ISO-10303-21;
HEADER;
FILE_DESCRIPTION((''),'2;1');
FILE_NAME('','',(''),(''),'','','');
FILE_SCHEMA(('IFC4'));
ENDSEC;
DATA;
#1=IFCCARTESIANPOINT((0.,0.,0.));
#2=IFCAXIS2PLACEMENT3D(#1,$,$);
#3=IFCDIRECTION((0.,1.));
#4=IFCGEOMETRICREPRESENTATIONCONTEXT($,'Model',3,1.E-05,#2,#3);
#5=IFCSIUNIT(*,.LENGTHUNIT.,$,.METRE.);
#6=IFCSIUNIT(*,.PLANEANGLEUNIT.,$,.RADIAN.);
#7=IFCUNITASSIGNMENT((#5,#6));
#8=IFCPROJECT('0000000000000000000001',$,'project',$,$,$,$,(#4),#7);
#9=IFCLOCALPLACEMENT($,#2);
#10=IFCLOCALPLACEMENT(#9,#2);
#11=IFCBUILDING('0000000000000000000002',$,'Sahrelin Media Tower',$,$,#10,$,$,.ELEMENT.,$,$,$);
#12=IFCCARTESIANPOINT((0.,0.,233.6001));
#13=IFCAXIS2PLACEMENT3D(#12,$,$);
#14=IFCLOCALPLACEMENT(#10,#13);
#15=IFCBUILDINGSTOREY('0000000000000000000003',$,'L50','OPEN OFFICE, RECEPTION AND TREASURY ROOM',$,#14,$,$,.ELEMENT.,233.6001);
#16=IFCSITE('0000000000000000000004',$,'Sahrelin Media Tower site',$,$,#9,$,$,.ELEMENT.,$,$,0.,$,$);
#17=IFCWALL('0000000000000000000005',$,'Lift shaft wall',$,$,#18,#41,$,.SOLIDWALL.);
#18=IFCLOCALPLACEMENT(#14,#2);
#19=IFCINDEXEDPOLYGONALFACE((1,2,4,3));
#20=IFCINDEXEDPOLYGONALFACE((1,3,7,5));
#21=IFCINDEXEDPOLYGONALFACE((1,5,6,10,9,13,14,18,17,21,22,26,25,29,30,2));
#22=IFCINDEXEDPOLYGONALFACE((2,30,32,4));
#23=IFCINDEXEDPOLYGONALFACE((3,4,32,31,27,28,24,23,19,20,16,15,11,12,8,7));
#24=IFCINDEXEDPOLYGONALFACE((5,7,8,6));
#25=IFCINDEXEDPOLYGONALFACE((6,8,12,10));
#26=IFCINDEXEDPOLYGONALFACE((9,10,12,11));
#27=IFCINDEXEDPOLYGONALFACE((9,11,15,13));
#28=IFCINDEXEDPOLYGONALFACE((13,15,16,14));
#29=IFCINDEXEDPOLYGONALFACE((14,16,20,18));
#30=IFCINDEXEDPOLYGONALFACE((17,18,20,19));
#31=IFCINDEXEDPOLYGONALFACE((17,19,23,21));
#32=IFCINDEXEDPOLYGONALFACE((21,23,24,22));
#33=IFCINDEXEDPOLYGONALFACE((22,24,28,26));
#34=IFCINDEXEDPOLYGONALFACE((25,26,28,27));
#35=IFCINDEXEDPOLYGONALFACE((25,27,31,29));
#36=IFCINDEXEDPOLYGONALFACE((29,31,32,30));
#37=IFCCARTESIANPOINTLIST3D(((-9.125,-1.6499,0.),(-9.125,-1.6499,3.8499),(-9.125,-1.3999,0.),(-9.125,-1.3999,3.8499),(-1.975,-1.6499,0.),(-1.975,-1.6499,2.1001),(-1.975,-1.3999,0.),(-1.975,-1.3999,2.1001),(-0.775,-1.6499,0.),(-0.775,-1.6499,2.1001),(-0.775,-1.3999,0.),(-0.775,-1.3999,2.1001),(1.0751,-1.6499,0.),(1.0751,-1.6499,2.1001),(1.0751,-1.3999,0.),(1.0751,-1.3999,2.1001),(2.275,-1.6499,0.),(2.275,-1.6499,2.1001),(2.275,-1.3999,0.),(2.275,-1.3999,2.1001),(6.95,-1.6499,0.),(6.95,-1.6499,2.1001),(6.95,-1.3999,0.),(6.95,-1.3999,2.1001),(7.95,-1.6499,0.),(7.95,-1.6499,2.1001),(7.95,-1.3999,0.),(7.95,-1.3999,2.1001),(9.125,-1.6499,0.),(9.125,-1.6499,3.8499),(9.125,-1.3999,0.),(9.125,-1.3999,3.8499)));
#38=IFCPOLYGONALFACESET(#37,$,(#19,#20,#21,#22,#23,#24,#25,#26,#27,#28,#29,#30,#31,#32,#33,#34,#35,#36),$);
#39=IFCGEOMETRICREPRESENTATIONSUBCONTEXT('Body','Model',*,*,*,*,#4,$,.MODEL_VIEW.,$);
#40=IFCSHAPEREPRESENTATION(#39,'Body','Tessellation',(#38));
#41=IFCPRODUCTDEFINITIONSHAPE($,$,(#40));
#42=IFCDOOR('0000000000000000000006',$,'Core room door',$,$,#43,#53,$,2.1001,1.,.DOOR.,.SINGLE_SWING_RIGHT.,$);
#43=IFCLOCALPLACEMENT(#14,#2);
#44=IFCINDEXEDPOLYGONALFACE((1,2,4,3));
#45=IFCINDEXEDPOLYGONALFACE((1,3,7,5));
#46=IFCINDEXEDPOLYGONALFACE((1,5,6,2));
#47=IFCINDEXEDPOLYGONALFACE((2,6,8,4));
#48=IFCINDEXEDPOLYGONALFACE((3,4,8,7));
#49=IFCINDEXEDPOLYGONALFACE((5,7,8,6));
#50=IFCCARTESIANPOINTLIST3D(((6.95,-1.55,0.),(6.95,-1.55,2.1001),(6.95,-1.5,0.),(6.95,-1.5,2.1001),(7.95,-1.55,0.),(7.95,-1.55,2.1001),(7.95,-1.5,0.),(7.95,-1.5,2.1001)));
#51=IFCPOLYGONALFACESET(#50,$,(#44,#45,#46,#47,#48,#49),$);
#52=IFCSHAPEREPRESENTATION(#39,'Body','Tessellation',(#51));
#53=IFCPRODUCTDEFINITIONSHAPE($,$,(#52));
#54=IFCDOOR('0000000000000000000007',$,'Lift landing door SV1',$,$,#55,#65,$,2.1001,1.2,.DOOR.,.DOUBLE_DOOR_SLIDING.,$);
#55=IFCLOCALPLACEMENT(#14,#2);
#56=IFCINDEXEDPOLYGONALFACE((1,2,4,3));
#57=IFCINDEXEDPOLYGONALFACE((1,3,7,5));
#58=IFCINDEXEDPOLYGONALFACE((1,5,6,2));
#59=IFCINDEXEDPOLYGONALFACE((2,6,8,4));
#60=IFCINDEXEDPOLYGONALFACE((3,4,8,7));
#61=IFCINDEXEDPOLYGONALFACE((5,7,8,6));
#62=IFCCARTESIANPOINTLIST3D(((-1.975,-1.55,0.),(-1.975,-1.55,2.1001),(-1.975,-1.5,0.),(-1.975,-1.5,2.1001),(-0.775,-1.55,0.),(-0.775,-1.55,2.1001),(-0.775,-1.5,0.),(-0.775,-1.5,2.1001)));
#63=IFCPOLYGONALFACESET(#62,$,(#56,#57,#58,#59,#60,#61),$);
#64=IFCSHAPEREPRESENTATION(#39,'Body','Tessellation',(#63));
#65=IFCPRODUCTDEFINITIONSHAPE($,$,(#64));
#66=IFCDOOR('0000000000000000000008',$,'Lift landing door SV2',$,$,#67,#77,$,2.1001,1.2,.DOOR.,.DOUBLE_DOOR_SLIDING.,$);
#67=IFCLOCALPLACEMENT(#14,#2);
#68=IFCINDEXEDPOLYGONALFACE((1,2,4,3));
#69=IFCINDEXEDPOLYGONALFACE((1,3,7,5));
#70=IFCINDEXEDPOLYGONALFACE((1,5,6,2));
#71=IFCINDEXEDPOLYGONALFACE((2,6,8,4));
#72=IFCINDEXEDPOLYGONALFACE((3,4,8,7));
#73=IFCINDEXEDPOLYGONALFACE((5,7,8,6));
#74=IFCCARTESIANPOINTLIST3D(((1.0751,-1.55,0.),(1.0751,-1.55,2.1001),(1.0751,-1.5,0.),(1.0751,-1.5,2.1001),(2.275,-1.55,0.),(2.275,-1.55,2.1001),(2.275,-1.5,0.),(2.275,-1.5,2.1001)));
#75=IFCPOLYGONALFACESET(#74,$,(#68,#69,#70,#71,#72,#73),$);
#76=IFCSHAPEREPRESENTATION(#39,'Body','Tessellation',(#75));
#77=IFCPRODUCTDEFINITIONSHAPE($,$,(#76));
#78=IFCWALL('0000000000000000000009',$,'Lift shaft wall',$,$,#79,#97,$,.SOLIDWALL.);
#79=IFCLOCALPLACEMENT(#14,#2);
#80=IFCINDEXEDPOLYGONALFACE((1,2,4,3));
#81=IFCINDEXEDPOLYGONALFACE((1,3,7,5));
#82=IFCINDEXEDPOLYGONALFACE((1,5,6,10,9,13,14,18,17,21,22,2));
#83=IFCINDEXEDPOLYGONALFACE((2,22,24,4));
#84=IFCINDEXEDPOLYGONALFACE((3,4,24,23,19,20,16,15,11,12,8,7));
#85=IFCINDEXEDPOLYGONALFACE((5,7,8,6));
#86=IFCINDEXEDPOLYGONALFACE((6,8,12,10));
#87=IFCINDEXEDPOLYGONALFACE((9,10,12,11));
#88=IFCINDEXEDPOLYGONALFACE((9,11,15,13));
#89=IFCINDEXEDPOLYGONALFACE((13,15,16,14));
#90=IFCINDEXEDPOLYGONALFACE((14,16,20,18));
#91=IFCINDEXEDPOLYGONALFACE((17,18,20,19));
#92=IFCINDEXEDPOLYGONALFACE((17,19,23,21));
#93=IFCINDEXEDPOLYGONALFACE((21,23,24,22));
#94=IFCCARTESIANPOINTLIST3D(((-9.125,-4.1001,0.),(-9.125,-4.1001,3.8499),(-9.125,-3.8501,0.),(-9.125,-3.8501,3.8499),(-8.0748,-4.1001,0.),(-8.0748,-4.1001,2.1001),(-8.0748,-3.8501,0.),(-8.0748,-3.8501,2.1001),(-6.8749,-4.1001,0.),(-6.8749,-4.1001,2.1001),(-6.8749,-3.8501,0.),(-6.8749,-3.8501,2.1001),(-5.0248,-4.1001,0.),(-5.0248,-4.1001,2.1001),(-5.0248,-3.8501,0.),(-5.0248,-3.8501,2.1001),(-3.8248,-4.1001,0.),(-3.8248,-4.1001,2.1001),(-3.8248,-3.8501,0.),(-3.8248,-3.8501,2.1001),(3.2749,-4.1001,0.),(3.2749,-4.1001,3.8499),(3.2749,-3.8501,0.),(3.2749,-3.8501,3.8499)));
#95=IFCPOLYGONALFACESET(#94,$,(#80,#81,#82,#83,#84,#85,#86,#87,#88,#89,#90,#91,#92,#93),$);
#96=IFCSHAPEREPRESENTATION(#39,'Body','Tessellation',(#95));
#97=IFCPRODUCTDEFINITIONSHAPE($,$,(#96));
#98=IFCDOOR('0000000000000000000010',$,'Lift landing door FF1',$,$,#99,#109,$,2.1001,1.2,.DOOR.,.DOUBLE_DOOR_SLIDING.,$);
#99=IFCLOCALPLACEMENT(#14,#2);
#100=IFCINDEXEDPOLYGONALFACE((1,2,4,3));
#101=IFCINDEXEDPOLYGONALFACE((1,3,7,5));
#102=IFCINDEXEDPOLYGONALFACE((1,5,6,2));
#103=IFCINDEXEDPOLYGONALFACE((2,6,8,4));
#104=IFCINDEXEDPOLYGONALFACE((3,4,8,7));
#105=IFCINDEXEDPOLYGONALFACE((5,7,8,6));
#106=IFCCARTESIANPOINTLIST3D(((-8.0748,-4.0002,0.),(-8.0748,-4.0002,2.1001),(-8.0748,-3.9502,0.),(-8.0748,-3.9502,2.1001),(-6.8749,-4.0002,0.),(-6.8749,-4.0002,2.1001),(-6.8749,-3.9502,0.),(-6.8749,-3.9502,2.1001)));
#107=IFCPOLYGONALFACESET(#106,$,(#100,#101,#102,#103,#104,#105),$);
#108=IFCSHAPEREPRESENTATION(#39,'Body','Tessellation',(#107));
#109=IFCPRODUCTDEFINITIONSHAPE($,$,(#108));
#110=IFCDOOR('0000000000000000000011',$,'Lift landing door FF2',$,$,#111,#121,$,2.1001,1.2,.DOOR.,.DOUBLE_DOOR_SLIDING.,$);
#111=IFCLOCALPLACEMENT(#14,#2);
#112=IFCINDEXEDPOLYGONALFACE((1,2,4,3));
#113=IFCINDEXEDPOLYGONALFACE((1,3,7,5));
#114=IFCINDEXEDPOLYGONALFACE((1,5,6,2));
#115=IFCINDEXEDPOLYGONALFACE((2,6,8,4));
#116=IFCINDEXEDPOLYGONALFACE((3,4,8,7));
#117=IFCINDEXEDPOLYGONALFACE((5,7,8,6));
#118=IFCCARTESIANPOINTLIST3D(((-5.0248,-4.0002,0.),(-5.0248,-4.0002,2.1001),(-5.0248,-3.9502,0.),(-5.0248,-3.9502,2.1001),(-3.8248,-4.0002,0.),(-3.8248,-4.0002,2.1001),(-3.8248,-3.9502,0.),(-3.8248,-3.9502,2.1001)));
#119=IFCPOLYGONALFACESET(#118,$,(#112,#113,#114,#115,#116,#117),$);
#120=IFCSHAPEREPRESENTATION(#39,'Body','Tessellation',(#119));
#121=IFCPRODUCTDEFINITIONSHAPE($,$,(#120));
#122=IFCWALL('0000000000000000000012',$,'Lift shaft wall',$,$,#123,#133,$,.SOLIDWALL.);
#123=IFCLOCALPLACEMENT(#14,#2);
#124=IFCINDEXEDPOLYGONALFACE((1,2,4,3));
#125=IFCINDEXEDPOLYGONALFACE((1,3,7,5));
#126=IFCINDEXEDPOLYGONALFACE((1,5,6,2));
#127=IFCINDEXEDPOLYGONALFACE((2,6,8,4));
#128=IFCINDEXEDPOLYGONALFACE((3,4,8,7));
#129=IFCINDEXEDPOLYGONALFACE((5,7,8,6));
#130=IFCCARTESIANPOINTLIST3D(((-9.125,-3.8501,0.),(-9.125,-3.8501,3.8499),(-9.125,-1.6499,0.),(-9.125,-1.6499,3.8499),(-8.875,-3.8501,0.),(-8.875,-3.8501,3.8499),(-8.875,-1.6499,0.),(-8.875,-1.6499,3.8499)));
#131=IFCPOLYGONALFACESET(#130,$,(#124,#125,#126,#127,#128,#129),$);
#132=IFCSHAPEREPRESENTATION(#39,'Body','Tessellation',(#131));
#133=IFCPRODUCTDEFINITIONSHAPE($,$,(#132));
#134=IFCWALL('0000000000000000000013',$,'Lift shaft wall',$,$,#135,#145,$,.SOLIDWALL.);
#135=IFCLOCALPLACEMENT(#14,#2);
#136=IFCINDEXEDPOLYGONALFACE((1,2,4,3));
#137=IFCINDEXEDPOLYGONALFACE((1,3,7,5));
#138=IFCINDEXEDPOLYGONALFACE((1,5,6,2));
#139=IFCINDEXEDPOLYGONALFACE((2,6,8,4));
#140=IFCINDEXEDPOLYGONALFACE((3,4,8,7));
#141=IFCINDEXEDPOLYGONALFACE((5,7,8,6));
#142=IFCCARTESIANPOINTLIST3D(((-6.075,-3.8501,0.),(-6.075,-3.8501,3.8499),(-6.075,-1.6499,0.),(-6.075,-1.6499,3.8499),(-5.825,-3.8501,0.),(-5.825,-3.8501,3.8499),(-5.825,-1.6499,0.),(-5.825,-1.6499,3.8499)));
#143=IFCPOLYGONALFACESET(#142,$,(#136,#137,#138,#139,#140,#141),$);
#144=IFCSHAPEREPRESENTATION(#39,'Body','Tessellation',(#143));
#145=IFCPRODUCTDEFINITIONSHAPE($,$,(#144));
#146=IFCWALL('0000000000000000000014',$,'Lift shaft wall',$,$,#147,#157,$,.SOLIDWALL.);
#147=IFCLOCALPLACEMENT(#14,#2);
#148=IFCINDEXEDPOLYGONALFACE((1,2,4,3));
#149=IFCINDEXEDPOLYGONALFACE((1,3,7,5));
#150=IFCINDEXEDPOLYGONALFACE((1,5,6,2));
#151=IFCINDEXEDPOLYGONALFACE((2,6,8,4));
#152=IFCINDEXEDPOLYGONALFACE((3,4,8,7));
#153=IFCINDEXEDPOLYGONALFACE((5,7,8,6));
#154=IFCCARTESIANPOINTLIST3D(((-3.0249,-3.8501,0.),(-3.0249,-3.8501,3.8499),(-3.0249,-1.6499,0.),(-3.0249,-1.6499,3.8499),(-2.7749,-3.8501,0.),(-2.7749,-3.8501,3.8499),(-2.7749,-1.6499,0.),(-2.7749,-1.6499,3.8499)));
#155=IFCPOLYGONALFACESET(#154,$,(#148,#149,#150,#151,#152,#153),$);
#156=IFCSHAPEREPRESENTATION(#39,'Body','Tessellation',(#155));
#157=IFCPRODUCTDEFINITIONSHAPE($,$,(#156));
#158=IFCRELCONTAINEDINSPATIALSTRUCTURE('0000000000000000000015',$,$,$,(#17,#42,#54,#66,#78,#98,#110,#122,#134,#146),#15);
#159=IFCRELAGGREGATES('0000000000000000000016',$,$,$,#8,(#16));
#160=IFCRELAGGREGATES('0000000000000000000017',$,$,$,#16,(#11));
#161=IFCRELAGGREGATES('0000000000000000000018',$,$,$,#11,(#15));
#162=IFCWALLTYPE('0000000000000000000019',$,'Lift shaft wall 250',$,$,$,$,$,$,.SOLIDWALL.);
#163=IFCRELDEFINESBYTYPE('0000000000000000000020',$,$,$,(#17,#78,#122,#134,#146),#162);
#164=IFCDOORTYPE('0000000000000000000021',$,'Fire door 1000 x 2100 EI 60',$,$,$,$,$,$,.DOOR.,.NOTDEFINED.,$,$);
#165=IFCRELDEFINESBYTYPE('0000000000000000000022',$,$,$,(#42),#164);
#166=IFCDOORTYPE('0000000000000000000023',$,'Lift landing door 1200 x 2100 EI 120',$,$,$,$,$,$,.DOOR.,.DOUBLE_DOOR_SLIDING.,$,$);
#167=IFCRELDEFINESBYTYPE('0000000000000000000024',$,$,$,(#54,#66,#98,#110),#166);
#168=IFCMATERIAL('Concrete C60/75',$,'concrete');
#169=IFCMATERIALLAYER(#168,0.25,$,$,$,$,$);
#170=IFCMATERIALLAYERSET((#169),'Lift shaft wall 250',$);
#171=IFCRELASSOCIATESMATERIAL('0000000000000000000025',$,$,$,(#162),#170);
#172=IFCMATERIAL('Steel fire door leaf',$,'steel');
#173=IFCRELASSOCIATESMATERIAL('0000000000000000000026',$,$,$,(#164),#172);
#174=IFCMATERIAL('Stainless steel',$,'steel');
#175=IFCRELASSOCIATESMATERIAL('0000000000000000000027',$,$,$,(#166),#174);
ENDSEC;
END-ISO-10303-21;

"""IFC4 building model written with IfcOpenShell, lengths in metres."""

from ifc_helpers import new_model, si_unit, direction, frame, frame_2d, origin, place, context, subcontext, project, spatial, rectangle, extrude, material, layer, layer_set, type_object, element, fill, save


model = new_model("IFC4")

# Units and contexts
model_context = context("Model", 3, precision=1e-05, world=origin(), true_north=direction((0.0, 1.0)))
body_context = subcontext(model_context, "Body", "Model", "MODEL_VIEW")
ifc_project = project(units=[si_unit("LENGTHUNIT", "METRE"), si_unit("PLANEANGLEUNIT", "RADIAN")], contexts=[model_context])

# Site, building, storey
site_placement = place(None, origin())
site = spatial("IfcSite", under=ifc_project, at=site_placement, Name="Sahrelin Media Tower site", CompositionType="ELEMENT", RefElevation=0.0)
building_placement = place(site_placement, origin())
building = spatial("IfcBuilding", under=site, at=building_placement, Name="Sahrelin Media Tower", CompositionType="ELEMENT")
storey_placement = place(building_placement, frame((0.0, 0.0, 233.6001)))
storey = spatial("IfcBuildingStorey", under=building, at=storey_placement, Name="L50", Description="OPEN OFFICE, RECEPTION AND TREASURY ROOM", CompositionType="ELEMENT", Elevation=233.6001)

# Shared definitions
ifc_material_1 = material(Name="Concrete C60/75", Category="concrete")

# Shared definitions
ifc_material_2 = material(Name="Steel fire door leaf", Category="steel")

# Walls, openings, doors
ifc_layer_1 = layer(ifc_material_1, 0.25)
ifc_layer_set_1 = layer_set([ifc_layer_1], Name="Lift shaft wall 250")
wall_type_1 = type_object("IfcWallType", Name="Lift shaft wall 250", PredefinedType="SOLIDWALL", material=ifc_layer_set_1)
wall_1_placement = place(storey_placement, frame((-9.125, -1.5249, 0.0), z_axis=(0.0, 0.0, 1.0), x_axis=(1.0, 0.0, 0.0)))
wall_1 = element("IfcWall", 1, at=wall_1_placement, inside=storey, type_object=wall_type_1, Name="Lift shaft wall", PredefinedType="SOLIDWALL", context=body_context, shape_type="SweptSolid", body=[
    extrude(rectangle(XDim=18.25, YDim=0.25, at=frame_2d((9.125, 0.0))), origin(), (0.0, 0.0, 1.0), 3.8499),
])
opening_1_placement = place(wall_1_placement, frame((7.1499, 0.0, 0.0)))
opening_1 = element("IfcOpeningElement", 2, at=opening_1_placement, cuts=wall_1, PredefinedType="OPENING", context=body_context, shape_type="SweptSolid", body=[
    extrude(rectangle(XDim=1.2, YDim=2.1001, at=frame_2d((0.6001, 1.05))), frame((0.0, 0.125, 0.0), z_axis=(0.0, -1.0, 0.0), x_axis=(1.0, 0.0, 0.0)), (0.0, 0.0, 1.0), 0.25),
])
opening_2_placement = place(wall_1_placement, frame((10.2, 0.0, 0.0)))
opening_2 = element("IfcOpeningElement", 3, at=opening_2_placement, cuts=wall_1, PredefinedType="OPENING", context=body_context, shape_type="SweptSolid", body=[
    extrude(rectangle(XDim=1.2, YDim=2.1001, at=frame_2d((0.6001, 1.05))), frame((0.0, 0.125, 0.0), z_axis=(0.0, -1.0, 0.0), x_axis=(1.0, 0.0, 0.0)), (0.0, 0.0, 1.0), 0.25),
])
opening_3_placement = place(wall_1_placement, frame((16.075, 0.0, 0.0)))
opening_3 = element("IfcOpeningElement", 4, at=opening_3_placement, cuts=wall_1, PredefinedType="OPENING", context=body_context, shape_type="SweptSolid", body=[
    extrude(rectangle(XDim=1.0, YDim=2.1001, at=frame_2d((0.5, 1.05))), frame((0.0, 0.125, 0.0), z_axis=(0.0, -1.0, 0.0), x_axis=(1.0, 0.0, 0.0)), (0.0, 0.0, 1.0), 0.25),
])
door_type_1 = type_object("IfcDoorType", Name="Fire door 1000 x 2100 EI 60", OperationType="NOTDEFINED", PredefinedType="DOOR", material=ifc_material_2)
door_1_placement = place(opening_3_placement, origin())
door_1 = element("IfcDoor", 5, at=door_1_placement, inside=storey, type_object=door_type_1, Name="Core room door", OperationType="SINGLE_SWING_RIGHT", OverallHeight=2.1001, OverallWidth=1.0, PredefinedType="DOOR", context=body_context, shape_type="SweptSolid", body=[
    extrude(rectangle(XDim=1.0, YDim=2.1001, at=frame_2d((0.5, 1.05))), frame((0.0, 0.0249, 0.0), z_axis=(0.0, -1.0, 0.0), x_axis=(1.0, 0.0, 0.0)), (0.0, 0.0, 1.0), 0.05),
])
fill(opening_3, door_1)
ifc_material_3 = material(Name="Stainless steel", Category="steel")
door_type_2 = type_object("IfcDoorType", Name="Lift landing door 1200 x 2100 EI 120", OperationType="DOUBLE_DOOR_SLIDING", PredefinedType="DOOR", material=ifc_material_3)
door_2_placement = place(opening_1_placement, origin())
door_2 = element("IfcDoor", 6, at=door_2_placement, inside=storey, type_object=door_type_2, Name="Lift landing door SV1", OperationType="DOUBLE_DOOR_SLIDING", OverallHeight=2.1001, OverallWidth=1.2, PredefinedType="DOOR", context=body_context, shape_type="SweptSolid", body=[
    extrude(rectangle(XDim=1.2, YDim=2.1001, at=frame_2d((0.6001, 1.05))), frame((0.0, 0.0249, 0.0), z_axis=(0.0, -1.0, 0.0), x_axis=(1.0, 0.0, 0.0)), (0.0, 0.0, 1.0), 0.05),
])
fill(opening_1, door_2)
door_3_placement = place(opening_2_placement, origin())
door_3 = element("IfcDoor", 7, at=door_3_placement, inside=storey, type_object=door_type_2, Name="Lift landing door SV2", OperationType="DOUBLE_DOOR_SLIDING", OverallHeight=2.1001, OverallWidth=1.2, PredefinedType="DOOR", context=body_context, shape_type="SweptSolid", body=[
    extrude(rectangle(XDim=1.2, YDim=2.1001, at=frame_2d((0.6001, 1.05))), frame((0.0, 0.0249, 0.0), z_axis=(0.0, -1.0, 0.0), x_axis=(1.0, 0.0, 0.0)), (0.0, 0.0, 1.0), 0.05),
])
fill(opening_2, door_3)
wall_2_placement = place(storey_placement, frame((-9.125, -3.9751, 0.0), z_axis=(0.0, 0.0, 1.0), x_axis=(1.0, 0.0, 0.0)))
wall_2 = element("IfcWall", 8, at=wall_2_placement, inside=storey, type_object=wall_type_1, Name="Lift shaft wall", PredefinedType="SOLIDWALL", context=body_context, shape_type="SweptSolid", body=[
    extrude(rectangle(XDim=12.3999, YDim=0.25, at=frame_2d((6.2, 0.0))), origin(), (0.0, 0.0, 1.0), 3.8499),
])
opening_4_placement = place(wall_2_placement, frame((1.05, 0.0, 0.0)))
opening_4 = element("IfcOpeningElement", 9, at=opening_4_placement, cuts=wall_2, PredefinedType="OPENING", context=body_context, shape_type="SweptSolid", body=[
    extrude(rectangle(XDim=1.2, YDim=2.1001, at=frame_2d((0.6001, 1.05))), frame((0.0, 0.125, 0.0), z_axis=(0.0, -1.0, 0.0), x_axis=(1.0, 0.0, 0.0)), (0.0, 0.0, 1.0), 0.25),
])
opening_5_placement = place(wall_2_placement, frame((4.1001, 0.0, 0.0)))
opening_5 = element("IfcOpeningElement", 10, at=opening_5_placement, cuts=wall_2, PredefinedType="OPENING", context=body_context, shape_type="SweptSolid", body=[
    extrude(rectangle(XDim=1.2, YDim=2.1001, at=frame_2d((0.6001, 1.05))), frame((0.0, 0.125, 0.0), z_axis=(0.0, -1.0, 0.0), x_axis=(1.0, 0.0, 0.0)), (0.0, 0.0, 1.0), 0.25),
])
door_4_placement = place(opening_4_placement, origin())
door_4 = element("IfcDoor", 11, at=door_4_placement, inside=storey, type_object=door_type_2, Name="Lift landing door FF1", OperationType="DOUBLE_DOOR_SLIDING", OverallHeight=2.1001, OverallWidth=1.2, PredefinedType="DOOR", context=body_context, shape_type="SweptSolid", body=[
    extrude(rectangle(XDim=1.2, YDim=2.1001, at=frame_2d((0.6001, 1.05))), frame((0.0, 0.0249, 0.0), z_axis=(0.0, -1.0, 0.0), x_axis=(1.0, 0.0, 0.0)), (0.0, 0.0, 1.0), 0.05),
])
fill(opening_4, door_4)
door_5_placement = place(opening_5_placement, origin())
door_5 = element("IfcDoor", 12, at=door_5_placement, inside=storey, type_object=door_type_2, Name="Lift landing door FF2", OperationType="DOUBLE_DOOR_SLIDING", OverallHeight=2.1001, OverallWidth=1.2, PredefinedType="DOOR", context=body_context, shape_type="SweptSolid", body=[
    extrude(rectangle(XDim=1.2, YDim=2.1001, at=frame_2d((0.6001, 1.05))), frame((0.0, 0.0249, 0.0), z_axis=(0.0, -1.0, 0.0), x_axis=(1.0, 0.0, 0.0)), (0.0, 0.0, 1.0), 0.05),
])
fill(opening_5, door_5)

# Walls
for number, where, z_axis, x_axis, name in (
    (13, (-9.0, -3.8501, 0.0), (0.0, 0.0, 1.0), (0.0, 1.0, 0.0), "Lift shaft wall"),
    (14, (-5.95, -3.8501, 0.0), (0.0, 0.0, 1.0), (0.0, 1.0, 0.0), "Lift shaft wall"),
    (15, (-2.8999, -3.8501, 0.0), (0.0, 0.0, 1.0), (0.0, 1.0, 0.0), "Lift shaft wall"),
):
    element("IfcWall", number, at=place(storey_placement, frame(where, z_axis=z_axis, x_axis=x_axis)), inside=storey, type_object=wall_type_1, Name=name, PredefinedType="SOLIDWALL", context=body_context, shape_type="SweptSolid", body=[
        extrude(rectangle(XDim=2.2002, YDim=0.25, at=frame_2d((1.1001, 0.0))), origin(), (0.0, 0.0, 1.0), 3.8499),
    ])

save(model, "model.ifc")
